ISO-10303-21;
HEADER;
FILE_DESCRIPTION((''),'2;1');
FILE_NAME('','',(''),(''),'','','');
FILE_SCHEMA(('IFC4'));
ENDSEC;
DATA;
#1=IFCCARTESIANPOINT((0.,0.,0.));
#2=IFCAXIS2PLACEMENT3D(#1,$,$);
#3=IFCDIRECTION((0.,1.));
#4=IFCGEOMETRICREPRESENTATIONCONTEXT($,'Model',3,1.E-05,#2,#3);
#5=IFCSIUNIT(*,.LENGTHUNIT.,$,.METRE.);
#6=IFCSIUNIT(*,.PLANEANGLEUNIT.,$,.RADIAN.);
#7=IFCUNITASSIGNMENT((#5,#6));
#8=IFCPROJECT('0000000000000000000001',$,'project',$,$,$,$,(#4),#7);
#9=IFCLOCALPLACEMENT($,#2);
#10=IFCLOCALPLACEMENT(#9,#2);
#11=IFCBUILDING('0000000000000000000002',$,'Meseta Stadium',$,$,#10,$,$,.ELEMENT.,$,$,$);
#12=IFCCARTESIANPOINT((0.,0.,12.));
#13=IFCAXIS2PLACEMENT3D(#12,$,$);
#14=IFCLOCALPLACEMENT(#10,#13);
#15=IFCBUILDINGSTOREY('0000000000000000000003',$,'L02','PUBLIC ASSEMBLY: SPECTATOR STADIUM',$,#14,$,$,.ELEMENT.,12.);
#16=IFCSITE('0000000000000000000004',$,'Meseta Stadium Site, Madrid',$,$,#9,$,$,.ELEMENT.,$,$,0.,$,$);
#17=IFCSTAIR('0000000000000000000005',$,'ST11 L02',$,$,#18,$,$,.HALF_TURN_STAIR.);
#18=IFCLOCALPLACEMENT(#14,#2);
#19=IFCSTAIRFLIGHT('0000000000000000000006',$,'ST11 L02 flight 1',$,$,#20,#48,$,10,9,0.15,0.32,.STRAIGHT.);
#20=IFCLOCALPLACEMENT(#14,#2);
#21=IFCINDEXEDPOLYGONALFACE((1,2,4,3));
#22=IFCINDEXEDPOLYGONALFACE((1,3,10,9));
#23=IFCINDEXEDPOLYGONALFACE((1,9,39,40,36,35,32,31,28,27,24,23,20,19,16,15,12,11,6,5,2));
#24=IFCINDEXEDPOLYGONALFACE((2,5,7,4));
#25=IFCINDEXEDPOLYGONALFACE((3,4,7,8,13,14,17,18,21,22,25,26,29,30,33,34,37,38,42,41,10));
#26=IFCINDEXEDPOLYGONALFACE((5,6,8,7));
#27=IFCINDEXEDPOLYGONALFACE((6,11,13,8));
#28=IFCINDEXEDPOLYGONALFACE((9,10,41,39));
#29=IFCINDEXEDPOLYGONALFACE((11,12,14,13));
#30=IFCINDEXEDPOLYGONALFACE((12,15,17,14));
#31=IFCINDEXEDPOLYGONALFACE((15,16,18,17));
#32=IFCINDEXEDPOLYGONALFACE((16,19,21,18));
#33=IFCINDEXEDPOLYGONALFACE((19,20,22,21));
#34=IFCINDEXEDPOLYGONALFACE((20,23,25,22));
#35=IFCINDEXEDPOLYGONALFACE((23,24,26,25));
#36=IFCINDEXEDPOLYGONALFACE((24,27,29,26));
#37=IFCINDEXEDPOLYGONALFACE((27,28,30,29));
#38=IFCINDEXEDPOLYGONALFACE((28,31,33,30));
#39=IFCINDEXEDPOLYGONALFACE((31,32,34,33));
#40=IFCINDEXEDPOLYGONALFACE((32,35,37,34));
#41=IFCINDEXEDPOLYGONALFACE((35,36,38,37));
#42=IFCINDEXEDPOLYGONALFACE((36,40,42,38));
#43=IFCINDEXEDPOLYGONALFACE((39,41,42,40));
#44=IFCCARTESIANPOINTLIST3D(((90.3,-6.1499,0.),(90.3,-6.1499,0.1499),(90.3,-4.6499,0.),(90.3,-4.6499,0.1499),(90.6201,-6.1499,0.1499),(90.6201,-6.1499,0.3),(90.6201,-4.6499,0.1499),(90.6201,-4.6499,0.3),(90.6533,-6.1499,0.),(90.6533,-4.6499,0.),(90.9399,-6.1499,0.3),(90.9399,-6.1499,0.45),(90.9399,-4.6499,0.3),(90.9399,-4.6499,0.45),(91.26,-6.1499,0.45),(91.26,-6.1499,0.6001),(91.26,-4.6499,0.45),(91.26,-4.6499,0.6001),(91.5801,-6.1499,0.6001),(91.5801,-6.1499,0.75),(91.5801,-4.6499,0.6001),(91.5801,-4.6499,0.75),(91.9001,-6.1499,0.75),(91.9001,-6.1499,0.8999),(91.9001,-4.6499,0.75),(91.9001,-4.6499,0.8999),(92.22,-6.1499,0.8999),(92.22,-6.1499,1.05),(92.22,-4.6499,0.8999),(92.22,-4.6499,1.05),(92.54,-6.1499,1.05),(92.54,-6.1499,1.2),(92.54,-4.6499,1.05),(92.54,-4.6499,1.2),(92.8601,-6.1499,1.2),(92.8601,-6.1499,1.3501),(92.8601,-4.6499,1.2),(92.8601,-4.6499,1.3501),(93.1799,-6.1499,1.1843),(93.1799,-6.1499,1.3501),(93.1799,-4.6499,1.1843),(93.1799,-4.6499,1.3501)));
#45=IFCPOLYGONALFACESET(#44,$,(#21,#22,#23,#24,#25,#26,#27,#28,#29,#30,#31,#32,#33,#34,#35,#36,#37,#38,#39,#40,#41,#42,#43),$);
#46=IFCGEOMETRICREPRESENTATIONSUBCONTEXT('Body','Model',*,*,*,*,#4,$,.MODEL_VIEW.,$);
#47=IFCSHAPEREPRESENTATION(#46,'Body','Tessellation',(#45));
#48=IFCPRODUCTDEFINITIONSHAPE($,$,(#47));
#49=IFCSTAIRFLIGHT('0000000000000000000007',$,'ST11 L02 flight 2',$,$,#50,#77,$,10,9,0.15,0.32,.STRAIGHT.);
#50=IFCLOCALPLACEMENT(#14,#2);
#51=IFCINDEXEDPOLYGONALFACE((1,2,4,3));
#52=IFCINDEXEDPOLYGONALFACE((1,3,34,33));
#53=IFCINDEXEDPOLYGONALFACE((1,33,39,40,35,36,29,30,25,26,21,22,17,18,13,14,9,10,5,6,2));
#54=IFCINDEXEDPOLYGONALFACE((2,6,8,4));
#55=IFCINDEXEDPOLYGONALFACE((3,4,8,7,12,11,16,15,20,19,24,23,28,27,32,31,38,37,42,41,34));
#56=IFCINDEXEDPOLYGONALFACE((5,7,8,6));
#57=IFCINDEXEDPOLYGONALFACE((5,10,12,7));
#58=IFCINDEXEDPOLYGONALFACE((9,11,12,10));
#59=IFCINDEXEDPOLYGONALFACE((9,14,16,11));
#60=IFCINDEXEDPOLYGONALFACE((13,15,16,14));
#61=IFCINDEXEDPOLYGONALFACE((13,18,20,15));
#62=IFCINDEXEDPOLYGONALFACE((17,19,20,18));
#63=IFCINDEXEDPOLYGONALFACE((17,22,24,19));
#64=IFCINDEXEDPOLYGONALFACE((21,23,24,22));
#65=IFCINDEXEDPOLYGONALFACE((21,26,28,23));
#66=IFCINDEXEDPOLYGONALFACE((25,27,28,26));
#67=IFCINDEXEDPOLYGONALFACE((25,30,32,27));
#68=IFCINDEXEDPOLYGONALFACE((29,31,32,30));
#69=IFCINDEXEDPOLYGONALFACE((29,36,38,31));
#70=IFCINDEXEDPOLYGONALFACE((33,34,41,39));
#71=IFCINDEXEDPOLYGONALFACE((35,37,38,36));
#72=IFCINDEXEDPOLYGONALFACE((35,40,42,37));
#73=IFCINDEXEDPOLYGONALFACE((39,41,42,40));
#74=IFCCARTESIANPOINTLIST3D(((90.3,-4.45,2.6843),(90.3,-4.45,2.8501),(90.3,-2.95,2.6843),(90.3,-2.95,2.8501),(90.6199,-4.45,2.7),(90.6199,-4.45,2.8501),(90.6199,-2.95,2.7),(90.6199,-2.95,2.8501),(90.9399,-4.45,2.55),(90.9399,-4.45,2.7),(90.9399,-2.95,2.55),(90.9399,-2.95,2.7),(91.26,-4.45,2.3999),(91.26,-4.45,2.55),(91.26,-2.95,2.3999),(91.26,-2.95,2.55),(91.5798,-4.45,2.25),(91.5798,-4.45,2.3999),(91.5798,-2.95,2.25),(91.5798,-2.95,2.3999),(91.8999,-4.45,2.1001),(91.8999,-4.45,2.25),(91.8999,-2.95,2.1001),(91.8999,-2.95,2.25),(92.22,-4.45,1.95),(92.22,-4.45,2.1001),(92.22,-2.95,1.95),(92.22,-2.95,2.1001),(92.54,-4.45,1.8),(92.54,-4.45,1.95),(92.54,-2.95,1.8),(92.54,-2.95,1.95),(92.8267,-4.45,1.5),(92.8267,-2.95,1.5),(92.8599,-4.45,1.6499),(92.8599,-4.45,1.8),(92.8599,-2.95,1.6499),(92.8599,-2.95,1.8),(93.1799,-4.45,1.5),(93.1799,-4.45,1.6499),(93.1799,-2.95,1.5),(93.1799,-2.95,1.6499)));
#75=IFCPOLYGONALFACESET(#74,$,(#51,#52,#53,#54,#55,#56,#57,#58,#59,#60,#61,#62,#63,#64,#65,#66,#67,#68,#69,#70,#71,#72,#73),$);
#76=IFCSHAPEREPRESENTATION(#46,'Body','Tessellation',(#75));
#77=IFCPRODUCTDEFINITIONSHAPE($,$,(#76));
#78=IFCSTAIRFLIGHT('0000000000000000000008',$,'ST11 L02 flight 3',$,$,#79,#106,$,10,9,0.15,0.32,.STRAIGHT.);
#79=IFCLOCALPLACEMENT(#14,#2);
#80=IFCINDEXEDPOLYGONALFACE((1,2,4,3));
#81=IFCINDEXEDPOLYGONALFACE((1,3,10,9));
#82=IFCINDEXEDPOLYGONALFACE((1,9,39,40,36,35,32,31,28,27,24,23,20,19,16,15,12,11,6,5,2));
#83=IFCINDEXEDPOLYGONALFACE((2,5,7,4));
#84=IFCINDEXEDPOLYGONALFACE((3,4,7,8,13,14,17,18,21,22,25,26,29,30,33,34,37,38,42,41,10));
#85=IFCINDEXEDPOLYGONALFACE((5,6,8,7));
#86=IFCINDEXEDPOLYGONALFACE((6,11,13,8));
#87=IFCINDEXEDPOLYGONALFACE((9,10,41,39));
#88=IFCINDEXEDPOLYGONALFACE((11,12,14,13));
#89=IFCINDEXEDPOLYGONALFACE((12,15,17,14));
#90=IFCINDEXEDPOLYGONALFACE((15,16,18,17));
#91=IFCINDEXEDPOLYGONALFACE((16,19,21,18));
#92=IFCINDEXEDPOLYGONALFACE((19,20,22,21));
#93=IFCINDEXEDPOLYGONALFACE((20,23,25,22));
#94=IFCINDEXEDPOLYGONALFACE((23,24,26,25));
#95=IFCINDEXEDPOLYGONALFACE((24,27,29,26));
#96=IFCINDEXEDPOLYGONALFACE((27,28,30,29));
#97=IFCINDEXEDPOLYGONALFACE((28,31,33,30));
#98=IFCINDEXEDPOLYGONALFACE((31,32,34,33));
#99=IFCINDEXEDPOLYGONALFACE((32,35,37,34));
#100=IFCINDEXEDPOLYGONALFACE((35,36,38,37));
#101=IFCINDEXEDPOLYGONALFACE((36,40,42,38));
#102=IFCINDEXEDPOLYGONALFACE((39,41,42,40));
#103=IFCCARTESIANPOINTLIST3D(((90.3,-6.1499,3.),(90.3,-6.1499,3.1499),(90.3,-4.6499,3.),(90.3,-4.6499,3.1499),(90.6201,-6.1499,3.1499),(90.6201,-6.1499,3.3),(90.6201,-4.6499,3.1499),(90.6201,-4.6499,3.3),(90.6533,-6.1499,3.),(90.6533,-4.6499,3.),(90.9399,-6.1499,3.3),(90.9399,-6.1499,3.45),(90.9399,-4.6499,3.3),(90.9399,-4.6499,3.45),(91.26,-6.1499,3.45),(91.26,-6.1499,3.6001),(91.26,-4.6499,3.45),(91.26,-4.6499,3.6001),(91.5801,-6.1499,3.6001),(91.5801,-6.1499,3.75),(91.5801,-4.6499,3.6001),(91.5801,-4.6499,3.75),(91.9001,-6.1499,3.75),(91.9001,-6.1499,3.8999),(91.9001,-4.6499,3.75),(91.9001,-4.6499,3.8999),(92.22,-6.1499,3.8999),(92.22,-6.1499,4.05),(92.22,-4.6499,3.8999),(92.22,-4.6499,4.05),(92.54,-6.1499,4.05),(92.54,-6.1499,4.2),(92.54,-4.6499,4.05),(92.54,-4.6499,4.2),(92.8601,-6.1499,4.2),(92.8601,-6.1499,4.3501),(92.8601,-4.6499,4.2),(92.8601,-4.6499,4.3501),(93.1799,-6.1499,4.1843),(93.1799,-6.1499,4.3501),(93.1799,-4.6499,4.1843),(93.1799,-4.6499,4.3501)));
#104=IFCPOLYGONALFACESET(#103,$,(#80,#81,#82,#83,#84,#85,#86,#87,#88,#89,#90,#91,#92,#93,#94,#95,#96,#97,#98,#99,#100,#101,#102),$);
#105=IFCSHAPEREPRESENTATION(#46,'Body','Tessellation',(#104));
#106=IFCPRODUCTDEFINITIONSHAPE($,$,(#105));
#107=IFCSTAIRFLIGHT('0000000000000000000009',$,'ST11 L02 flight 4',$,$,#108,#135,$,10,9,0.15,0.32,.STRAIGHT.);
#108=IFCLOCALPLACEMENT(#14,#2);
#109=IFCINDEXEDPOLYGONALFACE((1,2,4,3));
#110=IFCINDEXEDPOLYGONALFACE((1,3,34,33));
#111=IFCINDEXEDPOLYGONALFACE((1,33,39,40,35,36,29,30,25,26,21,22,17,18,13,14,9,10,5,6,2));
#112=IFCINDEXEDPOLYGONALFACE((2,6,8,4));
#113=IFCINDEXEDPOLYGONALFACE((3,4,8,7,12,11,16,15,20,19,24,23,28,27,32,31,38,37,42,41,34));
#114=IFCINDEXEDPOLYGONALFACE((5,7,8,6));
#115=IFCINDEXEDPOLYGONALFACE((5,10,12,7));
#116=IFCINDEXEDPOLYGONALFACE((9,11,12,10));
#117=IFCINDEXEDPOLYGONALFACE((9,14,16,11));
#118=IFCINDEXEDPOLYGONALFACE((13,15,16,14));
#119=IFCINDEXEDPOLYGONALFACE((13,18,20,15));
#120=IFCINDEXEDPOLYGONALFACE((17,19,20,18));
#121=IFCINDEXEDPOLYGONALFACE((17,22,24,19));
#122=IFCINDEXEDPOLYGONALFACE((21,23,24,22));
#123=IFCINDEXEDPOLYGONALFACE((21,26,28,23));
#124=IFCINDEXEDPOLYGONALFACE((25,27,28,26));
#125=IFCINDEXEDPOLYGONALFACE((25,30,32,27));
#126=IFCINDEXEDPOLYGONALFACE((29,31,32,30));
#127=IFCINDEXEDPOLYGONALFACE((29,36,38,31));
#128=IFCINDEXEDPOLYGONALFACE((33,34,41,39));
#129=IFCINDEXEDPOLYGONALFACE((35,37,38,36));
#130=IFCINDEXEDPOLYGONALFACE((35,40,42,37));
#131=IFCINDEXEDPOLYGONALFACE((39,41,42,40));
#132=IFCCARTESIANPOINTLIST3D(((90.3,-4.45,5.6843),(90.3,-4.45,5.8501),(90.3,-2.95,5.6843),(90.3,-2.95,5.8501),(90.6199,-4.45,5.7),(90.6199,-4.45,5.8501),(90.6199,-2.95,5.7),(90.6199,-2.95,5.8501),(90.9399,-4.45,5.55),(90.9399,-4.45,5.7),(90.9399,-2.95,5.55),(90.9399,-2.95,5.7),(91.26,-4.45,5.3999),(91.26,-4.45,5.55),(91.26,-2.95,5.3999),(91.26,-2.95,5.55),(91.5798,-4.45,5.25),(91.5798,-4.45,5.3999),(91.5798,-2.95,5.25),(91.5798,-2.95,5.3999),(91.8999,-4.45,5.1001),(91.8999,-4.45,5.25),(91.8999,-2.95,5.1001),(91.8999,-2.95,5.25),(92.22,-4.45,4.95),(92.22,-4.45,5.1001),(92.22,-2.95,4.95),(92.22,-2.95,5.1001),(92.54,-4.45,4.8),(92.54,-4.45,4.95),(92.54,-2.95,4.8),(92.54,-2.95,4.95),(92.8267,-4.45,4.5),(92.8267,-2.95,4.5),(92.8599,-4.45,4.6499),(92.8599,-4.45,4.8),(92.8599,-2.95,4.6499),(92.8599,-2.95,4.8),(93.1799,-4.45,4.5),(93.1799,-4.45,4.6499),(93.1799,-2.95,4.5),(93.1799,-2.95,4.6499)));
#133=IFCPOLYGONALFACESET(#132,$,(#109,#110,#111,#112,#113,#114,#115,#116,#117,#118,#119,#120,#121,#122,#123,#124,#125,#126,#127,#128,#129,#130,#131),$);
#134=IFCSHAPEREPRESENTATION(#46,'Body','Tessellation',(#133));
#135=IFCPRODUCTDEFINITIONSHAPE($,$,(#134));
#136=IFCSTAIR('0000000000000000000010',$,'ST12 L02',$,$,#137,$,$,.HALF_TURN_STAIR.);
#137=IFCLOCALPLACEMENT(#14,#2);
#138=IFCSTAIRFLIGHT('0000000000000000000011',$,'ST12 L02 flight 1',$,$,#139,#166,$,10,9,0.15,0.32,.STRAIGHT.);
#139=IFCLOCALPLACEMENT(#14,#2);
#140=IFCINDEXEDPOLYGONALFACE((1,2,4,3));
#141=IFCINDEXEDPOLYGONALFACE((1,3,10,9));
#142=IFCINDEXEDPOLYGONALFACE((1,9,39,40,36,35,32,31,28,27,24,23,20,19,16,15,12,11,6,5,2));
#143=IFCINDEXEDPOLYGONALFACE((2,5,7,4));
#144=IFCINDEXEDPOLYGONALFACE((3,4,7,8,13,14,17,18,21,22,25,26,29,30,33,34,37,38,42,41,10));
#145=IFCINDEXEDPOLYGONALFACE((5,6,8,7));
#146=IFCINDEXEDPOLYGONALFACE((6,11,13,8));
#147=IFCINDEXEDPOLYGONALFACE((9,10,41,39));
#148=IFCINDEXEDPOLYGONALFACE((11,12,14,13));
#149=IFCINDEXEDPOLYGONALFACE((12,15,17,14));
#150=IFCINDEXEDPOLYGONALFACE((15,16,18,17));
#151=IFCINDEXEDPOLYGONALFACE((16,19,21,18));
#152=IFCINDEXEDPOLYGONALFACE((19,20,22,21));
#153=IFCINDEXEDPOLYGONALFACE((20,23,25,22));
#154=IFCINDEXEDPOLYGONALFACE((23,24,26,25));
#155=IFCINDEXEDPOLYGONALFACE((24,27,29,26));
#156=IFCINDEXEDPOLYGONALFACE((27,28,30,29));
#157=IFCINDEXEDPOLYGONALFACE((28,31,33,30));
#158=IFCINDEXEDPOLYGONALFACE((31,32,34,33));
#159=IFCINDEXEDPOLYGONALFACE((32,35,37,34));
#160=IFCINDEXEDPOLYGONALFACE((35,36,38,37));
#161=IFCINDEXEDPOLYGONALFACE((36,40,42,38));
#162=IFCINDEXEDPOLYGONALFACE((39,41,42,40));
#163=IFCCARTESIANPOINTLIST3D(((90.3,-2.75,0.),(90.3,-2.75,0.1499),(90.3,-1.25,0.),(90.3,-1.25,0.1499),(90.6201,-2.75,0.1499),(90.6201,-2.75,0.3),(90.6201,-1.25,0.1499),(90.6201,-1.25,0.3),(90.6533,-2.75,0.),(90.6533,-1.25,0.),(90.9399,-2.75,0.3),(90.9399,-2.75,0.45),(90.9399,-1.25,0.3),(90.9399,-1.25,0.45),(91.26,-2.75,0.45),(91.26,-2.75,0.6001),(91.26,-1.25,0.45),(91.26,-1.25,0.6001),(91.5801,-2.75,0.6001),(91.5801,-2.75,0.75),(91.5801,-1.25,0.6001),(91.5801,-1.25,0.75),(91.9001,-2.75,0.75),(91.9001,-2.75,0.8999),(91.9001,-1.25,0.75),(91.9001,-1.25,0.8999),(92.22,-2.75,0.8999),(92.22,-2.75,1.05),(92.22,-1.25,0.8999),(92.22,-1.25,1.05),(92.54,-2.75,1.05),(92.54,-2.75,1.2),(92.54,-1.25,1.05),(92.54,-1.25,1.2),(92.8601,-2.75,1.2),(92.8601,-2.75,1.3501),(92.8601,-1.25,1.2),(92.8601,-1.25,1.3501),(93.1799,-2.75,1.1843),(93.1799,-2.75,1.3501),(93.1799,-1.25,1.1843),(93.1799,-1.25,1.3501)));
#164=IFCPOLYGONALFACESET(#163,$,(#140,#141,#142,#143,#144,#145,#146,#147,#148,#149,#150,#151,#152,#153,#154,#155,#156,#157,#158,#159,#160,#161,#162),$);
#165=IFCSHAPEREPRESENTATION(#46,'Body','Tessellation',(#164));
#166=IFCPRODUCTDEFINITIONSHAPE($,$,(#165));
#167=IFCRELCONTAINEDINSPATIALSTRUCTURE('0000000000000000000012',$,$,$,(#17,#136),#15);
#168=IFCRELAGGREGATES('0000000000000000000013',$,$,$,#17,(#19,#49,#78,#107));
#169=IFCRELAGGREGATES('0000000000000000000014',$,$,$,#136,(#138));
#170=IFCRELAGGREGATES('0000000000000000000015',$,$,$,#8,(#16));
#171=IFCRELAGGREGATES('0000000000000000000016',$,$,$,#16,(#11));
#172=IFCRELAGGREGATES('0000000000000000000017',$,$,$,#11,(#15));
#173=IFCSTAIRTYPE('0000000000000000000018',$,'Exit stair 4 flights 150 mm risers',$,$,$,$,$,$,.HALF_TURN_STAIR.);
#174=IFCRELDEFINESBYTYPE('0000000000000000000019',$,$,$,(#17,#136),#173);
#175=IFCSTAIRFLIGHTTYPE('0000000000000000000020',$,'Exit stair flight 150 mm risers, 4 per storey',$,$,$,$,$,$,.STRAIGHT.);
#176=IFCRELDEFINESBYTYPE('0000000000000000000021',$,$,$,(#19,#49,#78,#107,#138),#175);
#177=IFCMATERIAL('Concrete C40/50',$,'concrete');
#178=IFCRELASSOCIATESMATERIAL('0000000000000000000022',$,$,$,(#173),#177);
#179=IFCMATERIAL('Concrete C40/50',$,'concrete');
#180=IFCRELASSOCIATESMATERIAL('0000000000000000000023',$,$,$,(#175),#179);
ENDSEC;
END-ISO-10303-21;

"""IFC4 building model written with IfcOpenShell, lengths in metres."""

from ifc_helpers import new_model, si_unit, direction, frame, origin, place, context, subcontext, project, spatial, polyline, outline, extrude, material, type_object, element, aggregate, save


model = new_model("IFC4")

# Units and contexts
model_context = context("Model", 3, precision=1e-05, world=origin(), true_north=direction((0.0, 1.0)))
body_context = subcontext(model_context, "Body", "Model", "MODEL_VIEW")
ifc_project = project(units=[si_unit("LENGTHUNIT", "METRE"), si_unit("PLANEANGLEUNIT", "RADIAN")], contexts=[model_context])

# Site, building, storey
site_placement = place(None, origin())
site = spatial("IfcSite", under=ifc_project, at=site_placement, Name="Meseta Stadium Site, Madrid", CompositionType="ELEMENT", RefElevation=0.0)
building_placement = place(site_placement, origin())
building = spatial("IfcBuilding", under=site, at=building_placement, Name="Meseta Stadium", CompositionType="ELEMENT")
storey_placement = place(building_placement, frame((0.0, 0.0, 12.0)))
storey = spatial("IfcBuildingStorey", under=building, at=storey_placement, Name="L02", Description="PUBLIC ASSEMBLY: SPECTATOR STADIUM", CompositionType="ELEMENT", Elevation=12.0)

# Stairs, stair flights
ifc_material_1 = material(Name="Concrete C40/50", Category="concrete")
stair_type = type_object("IfcStairType", Name="Exit stair 4 flights 150 mm risers", PredefinedType="HALF_TURN_STAIR", material=ifc_material_1)
stair_1_placement = place(storey_placement, origin())
stair_1 = element("IfcStair", 1, at=stair_1_placement, inside=storey, type_object=stair_type, Name="ST11 L02", PredefinedType="HALF_TURN_STAIR")
ifc_material_2 = material(Name="Concrete C40/50", Category="concrete")
stair_flight_type = type_object("IfcStairFlightType", Name="Exit stair flight 150 mm risers, 4 per storey", PredefinedType="STRAIGHT", material=ifc_material_2)
stair_flight_1_placement = place(storey_placement, frame((90.3, -5.3999, 0.0), z_axis=(0.0, 0.0, 1.0), x_axis=(1.0, 0.0, 0.0)))
stair_flight_1 = element("IfcStairFlight", 2, at=stair_flight_1_placement, type_object=stair_flight_type, Name="ST11 L02 flight 1", NumberOfRisers=10, NumberOfTreads=9, PredefinedType="STRAIGHT", RiserHeight=0.15, TreadLength=0.32, context=body_context, shape_type="SweptSolid", body=[
    extrude(outline(polyline([(0.0, 0.0), (0.0, 0.1499), (0.3201, 0.1499), (0.3201, 0.3), (0.6399, 0.3), (0.6399, 0.45), (0.96, 0.45), (0.96, 0.6001), (1.28, 0.6001), (1.28, 0.75), (1.6001, 0.75), (1.6001, 0.8999), (1.9199, 0.8999), (1.9199, 1.05), (2.24, 1.05), (2.24, 1.2), (2.5601, 1.2), (2.5601, 1.3501), (2.8799, 1.3501), (2.8799, 1.1843), (0.3533, 0.0), (0.0, 0.0)])), frame((0.0, 0.75, 0.0), z_axis=(0.0, -1.0, 0.0), x_axis=(1.0, 0.0, 0.0)), (0.0, 0.0, 1.0), 1.5),
])
stair_flight_2_placement = place(storey_placement, frame((93.1799, -3.7, 1.5), z_axis=(0.0, 0.0, 1.0), x_axis=(-1.0, 0.0, 0.0)))
stair_flight_2 = element("IfcStairFlight", 3, at=stair_flight_2_placement, type_object=stair_flight_type, Name="ST11 L02 flight 2", NumberOfRisers=10, NumberOfTreads=9, PredefinedType="STRAIGHT", RiserHeight=0.15, TreadLength=0.32, context=body_context, shape_type="SweptSolid", body=[
    extrude(outline(polyline([(0.0, 0.0), (0.0, 0.1499), (0.3201, 0.1499), (0.3201, 0.3), (0.6399, 0.3), (0.6399, 0.45), (0.96, 0.45), (0.96, 0.6001), (1.28, 0.6001), (1.28, 0.75), (1.6001, 0.75), (1.6001, 0.8999), (1.9199, 0.8999), (1.9199, 1.05), (2.24, 1.05), (2.24, 1.2), (2.5601, 1.2), (2.5601, 1.3501), (2.8799, 1.3501), (2.8799, 1.1843), (0.3533, 0.0), (0.0, 0.0)])), frame((0.0, 0.75, 0.0), z_axis=(0.0, -1.0, 0.0), x_axis=(1.0, 0.0, 0.0)), (0.0, 0.0, 1.0), 1.5),
])
stair_flight_3_placement = place(storey_placement, frame((90.3, -5.3999, 3.0), z_axis=(0.0, 0.0, 1.0), x_axis=(1.0, 0.0, 0.0)))
stair_flight_3 = element("IfcStairFlight", 4, at=stair_flight_3_placement, type_object=stair_flight_type, Name="ST11 L02 flight 3", NumberOfRisers=10, NumberOfTreads=9, PredefinedType="STRAIGHT", RiserHeight=0.15, TreadLength=0.32, context=body_context, shape_type="SweptSolid", body=[
    extrude(outline(polyline([(0.0, 0.0), (0.0, 0.1499), (0.3201, 0.1499), (0.3201, 0.3), (0.6399, 0.3), (0.6399, 0.45), (0.96, 0.45), (0.96, 0.6001), (1.28, 0.6001), (1.28, 0.75), (1.6001, 0.75), (1.6001, 0.8999), (1.9199, 0.8999), (1.9199, 1.05), (2.24, 1.05), (2.24, 1.2), (2.5601, 1.2), (2.5601, 1.3501), (2.8799, 1.3501), (2.8799, 1.1843), (0.3533, 0.0), (0.0, 0.0)])), frame((0.0, 0.75, 0.0), z_axis=(0.0, -1.0, 0.0), x_axis=(1.0, 0.0, 0.0)), (0.0, 0.0, 1.0), 1.5),
])
stair_flight_4_placement = place(storey_placement, frame((93.1799, -3.7, 4.5), z_axis=(0.0, 0.0, 1.0), x_axis=(-1.0, 0.0, 0.0)))
stair_flight_4 = element("IfcStairFlight", 5, at=stair_flight_4_placement, type_object=stair_flight_type, Name="ST11 L02 flight 4", NumberOfRisers=10, NumberOfTreads=9, PredefinedType="STRAIGHT", RiserHeight=0.15, TreadLength=0.32, context=body_context, shape_type="SweptSolid", body=[
    extrude(outline(polyline([(0.0, 0.0), (0.0, 0.1499), (0.3201, 0.1499), (0.3201, 0.3), (0.6399, 0.3), (0.6399, 0.45), (0.96, 0.45), (0.96, 0.6001), (1.28, 0.6001), (1.28, 0.75), (1.6001, 0.75), (1.6001, 0.8999), (1.9199, 0.8999), (1.9199, 1.05), (2.24, 1.05), (2.24, 1.2), (2.5601, 1.2), (2.5601, 1.3501), (2.8799, 1.3501), (2.8799, 1.1843), (0.3533, 0.0), (0.0, 0.0)])), frame((0.0, 0.75, 0.0), z_axis=(0.0, -1.0, 0.0), x_axis=(1.0, 0.0, 0.0)), (0.0, 0.0, 1.0), 1.5),
])
aggregate(stair_1, [stair_flight_1, stair_flight_2, stair_flight_3, stair_flight_4])
stair_2_placement = place(storey_placement, origin())
stair_2 = element("IfcStair", 6, at=stair_2_placement, inside=storey, type_object=stair_type, Name="ST12 L02", PredefinedType="HALF_TURN_STAIR")
stair_flight_5_placement = place(storey_placement, frame((90.3, -2.0, 0.0), z_axis=(0.0, 0.0, 1.0), x_axis=(1.0, 0.0, 0.0)))
stair_flight_5 = element("IfcStairFlight", 7, at=stair_flight_5_placement, type_object=stair_flight_type, Name="ST12 L02 flight 1", NumberOfRisers=10, NumberOfTreads=9, PredefinedType="STRAIGHT", RiserHeight=0.15, TreadLength=0.32, context=body_context, shape_type="SweptSolid", body=[
    extrude(outline(polyline([(0.0, 0.0), (0.0, 0.1499), (0.3201, 0.1499), (0.3201, 0.3), (0.6399, 0.3), (0.6399, 0.45), (0.96, 0.45), (0.96, 0.6001), (1.28, 0.6001), (1.28, 0.75), (1.6001, 0.75), (1.6001, 0.8999), (1.9199, 0.8999), (1.9199, 1.05), (2.24, 1.05), (2.24, 1.2), (2.5601, 1.2), (2.5601, 1.3501), (2.8799, 1.3501), (2.8799, 1.1843), (0.3533, 0.0), (0.0, 0.0)])), frame((0.0, 0.75, 0.0), z_axis=(0.0, -1.0, 0.0), x_axis=(1.0, 0.0, 0.0)), (0.0, 0.0, 1.0), 1.5),
])
aggregate(stair_2, [stair_flight_5])

save(model, "model.ifc")
